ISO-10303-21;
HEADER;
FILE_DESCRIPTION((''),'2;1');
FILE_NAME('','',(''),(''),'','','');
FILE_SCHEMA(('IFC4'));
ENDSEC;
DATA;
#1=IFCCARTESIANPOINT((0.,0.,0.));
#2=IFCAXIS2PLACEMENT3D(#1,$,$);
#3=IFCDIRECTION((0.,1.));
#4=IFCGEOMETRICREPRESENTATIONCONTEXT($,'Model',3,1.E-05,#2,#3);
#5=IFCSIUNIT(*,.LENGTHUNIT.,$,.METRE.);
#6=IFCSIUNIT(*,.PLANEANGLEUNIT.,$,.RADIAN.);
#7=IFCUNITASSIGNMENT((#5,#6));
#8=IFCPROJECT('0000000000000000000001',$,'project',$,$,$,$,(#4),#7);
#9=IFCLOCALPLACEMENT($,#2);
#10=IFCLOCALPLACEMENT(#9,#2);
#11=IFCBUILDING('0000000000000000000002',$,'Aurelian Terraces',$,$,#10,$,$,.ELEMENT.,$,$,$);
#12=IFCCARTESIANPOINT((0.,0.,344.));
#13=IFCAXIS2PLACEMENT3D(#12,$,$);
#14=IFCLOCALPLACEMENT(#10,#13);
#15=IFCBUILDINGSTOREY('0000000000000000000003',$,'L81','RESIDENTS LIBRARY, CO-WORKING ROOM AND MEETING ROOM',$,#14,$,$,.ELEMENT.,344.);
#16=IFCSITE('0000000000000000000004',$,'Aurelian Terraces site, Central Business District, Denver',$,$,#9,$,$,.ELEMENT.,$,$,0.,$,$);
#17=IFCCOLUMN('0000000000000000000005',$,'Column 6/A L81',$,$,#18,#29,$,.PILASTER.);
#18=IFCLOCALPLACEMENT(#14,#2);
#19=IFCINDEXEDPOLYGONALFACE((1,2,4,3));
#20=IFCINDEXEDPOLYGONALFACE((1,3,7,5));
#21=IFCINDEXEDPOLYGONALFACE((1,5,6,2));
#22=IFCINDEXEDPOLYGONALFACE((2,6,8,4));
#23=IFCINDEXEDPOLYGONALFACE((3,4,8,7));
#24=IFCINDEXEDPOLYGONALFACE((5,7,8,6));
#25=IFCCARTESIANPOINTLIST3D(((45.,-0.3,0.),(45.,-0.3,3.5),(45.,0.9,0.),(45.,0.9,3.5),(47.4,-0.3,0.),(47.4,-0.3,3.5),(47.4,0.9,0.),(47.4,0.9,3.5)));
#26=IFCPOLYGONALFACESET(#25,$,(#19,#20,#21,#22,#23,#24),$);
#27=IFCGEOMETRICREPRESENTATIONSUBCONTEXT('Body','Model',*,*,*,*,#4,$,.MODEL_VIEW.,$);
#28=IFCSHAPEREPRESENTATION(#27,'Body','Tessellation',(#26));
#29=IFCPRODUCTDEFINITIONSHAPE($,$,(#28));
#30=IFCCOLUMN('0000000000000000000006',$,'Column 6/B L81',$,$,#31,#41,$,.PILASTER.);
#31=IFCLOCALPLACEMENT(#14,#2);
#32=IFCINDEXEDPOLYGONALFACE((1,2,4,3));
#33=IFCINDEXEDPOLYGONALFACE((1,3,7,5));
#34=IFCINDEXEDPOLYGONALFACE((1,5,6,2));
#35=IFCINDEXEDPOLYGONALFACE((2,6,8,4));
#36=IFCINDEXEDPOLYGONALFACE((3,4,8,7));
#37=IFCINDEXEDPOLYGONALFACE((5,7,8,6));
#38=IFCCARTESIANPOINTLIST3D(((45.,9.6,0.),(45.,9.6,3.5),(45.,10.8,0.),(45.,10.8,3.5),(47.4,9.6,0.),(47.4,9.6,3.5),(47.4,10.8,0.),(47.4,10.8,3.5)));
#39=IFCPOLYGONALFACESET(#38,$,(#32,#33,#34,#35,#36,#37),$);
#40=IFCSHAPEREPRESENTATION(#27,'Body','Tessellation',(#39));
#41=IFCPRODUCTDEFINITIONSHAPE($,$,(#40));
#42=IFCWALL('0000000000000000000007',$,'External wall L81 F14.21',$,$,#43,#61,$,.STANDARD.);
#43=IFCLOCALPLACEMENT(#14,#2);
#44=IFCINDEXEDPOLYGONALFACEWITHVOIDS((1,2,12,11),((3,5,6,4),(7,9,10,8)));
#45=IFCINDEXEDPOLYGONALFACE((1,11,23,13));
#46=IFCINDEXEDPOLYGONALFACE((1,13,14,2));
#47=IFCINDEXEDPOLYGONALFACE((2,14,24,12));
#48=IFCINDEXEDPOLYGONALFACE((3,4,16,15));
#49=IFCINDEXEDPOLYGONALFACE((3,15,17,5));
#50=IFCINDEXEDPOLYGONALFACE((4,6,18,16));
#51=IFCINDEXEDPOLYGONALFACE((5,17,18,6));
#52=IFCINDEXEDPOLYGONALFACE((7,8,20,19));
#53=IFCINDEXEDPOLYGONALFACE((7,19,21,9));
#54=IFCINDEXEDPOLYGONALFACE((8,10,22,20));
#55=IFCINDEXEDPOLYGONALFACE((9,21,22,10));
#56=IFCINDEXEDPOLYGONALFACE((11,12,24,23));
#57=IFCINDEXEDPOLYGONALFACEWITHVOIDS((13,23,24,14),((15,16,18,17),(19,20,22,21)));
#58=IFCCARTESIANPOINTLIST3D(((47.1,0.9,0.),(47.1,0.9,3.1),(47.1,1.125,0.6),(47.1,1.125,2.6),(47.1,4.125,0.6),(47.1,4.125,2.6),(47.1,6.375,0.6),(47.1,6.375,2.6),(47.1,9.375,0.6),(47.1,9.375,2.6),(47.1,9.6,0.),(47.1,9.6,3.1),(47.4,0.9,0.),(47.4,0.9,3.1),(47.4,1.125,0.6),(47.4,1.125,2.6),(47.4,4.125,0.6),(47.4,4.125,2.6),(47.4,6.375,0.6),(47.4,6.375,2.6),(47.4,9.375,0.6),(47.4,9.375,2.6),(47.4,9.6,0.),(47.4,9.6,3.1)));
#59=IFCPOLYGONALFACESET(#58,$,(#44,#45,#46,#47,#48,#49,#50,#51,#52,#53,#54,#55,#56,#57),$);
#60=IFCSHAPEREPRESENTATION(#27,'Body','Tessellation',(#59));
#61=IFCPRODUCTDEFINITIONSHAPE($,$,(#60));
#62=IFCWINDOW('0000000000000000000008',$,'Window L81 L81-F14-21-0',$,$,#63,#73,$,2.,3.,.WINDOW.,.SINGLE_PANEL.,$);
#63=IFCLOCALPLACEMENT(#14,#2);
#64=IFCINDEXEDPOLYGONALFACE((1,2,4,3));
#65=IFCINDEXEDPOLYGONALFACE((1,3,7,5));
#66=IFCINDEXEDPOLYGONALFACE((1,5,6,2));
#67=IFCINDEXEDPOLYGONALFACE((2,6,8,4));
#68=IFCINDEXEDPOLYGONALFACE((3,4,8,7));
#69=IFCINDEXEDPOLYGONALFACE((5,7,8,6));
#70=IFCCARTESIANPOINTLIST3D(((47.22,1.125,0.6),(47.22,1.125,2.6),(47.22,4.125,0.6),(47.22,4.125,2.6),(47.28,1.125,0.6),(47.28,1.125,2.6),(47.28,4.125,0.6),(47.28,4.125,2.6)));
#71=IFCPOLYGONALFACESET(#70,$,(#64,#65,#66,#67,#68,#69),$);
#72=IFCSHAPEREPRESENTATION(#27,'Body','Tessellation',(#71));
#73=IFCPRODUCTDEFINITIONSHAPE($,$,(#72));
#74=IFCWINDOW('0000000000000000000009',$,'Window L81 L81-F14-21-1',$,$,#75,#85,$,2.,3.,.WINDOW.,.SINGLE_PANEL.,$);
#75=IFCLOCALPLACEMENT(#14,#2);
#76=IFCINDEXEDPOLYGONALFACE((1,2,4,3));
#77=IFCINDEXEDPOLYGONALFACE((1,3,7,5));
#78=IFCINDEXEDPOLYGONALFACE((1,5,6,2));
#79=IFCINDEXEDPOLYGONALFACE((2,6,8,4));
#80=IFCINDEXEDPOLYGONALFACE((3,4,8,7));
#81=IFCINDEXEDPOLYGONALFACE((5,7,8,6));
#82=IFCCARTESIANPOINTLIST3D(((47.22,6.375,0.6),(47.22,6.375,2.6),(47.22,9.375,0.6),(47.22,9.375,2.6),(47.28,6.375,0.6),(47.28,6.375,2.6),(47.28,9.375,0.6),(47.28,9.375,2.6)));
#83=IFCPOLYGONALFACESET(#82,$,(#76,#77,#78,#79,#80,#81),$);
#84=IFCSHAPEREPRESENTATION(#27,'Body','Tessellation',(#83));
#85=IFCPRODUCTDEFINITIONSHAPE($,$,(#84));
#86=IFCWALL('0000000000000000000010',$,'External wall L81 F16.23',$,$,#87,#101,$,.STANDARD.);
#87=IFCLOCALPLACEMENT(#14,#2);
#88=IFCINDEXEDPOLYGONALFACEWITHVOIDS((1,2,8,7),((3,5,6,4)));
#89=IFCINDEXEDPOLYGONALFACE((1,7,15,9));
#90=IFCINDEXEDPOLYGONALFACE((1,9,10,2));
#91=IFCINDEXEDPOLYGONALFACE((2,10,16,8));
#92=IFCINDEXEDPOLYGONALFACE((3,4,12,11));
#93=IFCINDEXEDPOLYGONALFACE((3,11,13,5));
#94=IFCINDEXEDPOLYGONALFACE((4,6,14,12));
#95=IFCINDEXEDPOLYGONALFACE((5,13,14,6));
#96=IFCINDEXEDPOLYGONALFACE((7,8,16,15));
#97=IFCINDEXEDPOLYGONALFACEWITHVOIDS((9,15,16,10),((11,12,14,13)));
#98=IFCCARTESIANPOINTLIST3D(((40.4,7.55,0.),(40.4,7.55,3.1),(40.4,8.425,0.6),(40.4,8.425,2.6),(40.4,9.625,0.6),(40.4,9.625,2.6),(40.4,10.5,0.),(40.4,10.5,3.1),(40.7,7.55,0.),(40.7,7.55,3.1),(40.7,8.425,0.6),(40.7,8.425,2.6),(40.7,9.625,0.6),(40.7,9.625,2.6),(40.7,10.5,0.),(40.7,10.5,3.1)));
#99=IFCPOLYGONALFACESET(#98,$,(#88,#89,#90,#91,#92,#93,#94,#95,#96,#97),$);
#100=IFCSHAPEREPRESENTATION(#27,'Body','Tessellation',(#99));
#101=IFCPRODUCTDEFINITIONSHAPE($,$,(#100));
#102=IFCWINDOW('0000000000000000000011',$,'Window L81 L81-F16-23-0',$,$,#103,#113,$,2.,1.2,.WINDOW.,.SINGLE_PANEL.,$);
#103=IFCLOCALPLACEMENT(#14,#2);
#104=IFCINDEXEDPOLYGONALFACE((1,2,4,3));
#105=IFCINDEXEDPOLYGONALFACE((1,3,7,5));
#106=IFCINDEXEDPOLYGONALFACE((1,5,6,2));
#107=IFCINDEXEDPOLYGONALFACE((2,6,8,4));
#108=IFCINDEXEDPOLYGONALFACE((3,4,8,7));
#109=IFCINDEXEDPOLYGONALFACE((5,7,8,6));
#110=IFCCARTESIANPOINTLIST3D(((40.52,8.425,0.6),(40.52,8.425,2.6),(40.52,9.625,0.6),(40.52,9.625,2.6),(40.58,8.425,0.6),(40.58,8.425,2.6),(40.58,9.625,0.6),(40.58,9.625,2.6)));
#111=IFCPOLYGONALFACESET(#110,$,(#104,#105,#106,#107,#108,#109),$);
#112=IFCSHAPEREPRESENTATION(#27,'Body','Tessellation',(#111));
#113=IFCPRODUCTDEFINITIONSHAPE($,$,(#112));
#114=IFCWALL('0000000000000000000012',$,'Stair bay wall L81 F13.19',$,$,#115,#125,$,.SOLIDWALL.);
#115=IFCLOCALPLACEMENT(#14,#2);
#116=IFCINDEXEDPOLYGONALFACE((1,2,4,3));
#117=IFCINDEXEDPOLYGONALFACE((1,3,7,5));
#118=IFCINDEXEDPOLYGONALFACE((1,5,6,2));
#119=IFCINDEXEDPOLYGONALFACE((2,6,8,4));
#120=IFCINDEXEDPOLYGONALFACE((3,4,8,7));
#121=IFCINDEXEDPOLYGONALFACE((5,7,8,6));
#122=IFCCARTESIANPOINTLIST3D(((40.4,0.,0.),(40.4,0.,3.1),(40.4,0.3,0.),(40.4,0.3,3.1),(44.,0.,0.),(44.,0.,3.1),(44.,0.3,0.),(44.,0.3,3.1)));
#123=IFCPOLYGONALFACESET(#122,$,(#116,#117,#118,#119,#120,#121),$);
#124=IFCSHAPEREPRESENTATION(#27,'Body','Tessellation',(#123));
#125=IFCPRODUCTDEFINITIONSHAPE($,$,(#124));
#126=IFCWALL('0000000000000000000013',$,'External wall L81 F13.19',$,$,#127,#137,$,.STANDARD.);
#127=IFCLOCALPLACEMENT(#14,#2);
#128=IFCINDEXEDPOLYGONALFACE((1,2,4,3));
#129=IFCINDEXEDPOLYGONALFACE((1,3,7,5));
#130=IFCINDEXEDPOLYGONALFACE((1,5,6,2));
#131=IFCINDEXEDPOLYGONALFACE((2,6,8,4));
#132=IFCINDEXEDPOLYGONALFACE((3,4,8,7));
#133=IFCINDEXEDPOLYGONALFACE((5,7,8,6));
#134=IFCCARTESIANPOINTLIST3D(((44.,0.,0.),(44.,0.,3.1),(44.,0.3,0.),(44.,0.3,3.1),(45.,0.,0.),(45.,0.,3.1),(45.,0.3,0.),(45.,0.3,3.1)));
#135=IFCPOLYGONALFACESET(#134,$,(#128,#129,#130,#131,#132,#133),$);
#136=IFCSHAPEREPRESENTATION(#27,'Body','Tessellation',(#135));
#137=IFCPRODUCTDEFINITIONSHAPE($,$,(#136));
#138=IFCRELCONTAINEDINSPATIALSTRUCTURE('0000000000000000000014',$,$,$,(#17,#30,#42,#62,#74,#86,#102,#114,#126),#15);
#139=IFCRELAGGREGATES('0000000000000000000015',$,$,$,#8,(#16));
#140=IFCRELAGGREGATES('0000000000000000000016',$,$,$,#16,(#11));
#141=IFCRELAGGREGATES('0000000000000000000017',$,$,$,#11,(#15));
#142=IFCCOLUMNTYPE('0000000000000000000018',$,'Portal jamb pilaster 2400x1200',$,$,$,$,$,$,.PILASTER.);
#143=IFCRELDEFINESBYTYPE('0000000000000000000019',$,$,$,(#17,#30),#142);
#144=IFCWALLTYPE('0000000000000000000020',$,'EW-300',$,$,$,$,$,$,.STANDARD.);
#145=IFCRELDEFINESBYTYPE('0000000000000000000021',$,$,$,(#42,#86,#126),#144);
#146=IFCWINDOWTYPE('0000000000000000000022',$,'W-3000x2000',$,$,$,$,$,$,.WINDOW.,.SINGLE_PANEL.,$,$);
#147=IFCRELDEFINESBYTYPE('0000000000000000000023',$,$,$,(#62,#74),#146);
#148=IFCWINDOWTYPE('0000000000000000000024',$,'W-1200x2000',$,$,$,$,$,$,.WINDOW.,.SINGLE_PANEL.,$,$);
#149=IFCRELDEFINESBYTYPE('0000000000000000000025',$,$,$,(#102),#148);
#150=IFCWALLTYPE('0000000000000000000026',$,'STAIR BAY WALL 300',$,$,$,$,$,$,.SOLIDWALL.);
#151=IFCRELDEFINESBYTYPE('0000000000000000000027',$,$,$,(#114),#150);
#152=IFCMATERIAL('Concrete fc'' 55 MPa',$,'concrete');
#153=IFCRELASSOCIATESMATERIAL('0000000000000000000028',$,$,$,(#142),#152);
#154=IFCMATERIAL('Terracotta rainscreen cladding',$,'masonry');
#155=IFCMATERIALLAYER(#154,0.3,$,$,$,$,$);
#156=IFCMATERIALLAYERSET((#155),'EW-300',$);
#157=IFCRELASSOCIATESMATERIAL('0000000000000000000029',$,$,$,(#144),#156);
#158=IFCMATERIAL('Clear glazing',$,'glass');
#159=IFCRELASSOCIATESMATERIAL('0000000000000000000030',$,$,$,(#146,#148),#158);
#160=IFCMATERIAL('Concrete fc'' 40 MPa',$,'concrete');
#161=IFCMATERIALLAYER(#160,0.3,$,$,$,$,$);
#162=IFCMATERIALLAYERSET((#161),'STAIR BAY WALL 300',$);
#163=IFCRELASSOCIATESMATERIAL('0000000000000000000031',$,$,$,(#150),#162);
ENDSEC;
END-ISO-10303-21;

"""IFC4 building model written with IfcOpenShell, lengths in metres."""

from ifc_helpers import new_model, si_unit, direction, frame, frame_2d, origin, origin_2d, place, context, subcontext, project, spatial, rectangle, extrude, source, transform, mapped, material, layer, layer_set, material_profile, profile_set, type_object, element, fill, save


model = new_model("IFC4")

# Units and contexts
model_context = context("Model", 3, precision=1e-05, world=origin(), true_north=direction((0.0, 1.0)))
body_context = subcontext(model_context, "Body", "Model", "MODEL_VIEW")
ifc_project = project(units=[si_unit("LENGTHUNIT", "METRE"), si_unit("PLANEANGLEUNIT", "RADIAN")], contexts=[model_context])

# Site, building, storey
site_placement = place(None, origin())
site = spatial("IfcSite", under=ifc_project, at=site_placement, Name="Aurelian Terraces site, Central Business District, Denver", CompositionType="ELEMENT", RefElevation=0.0)
building_placement = place(site_placement, origin())
building = spatial("IfcBuilding", under=site, at=building_placement, Name="Aurelian Terraces", CompositionType="ELEMENT")
storey_placement = place(building_placement, frame((0.0, 0.0, 344.0)))
storey = spatial("IfcBuildingStorey", under=building, at=storey_placement, Name="L81", Description="RESIDENTS LIBRARY, CO-WORKING ROOM AND MEETING ROOM", CompositionType="ELEMENT", Elevation=344.0)

# Columns
ifc_material_1 = material(Name="Concrete fc' 55 MPa", Category="concrete")
ifc_material_profile = material_profile(ifc_material_1, rectangle(XDim=2.4, YDim=1.2, at=origin_2d()))
ifc_profile_set = profile_set([ifc_material_profile], Name="Concrete fc' 55 MPa")
column_type = type_object("IfcColumnType", Name="Portal jamb pilaster 2400x1200", PredefinedType="PILASTER", material=ifc_profile_set)
shared_shape_1 = source(origin(), body_context, "Body", "SweptSolid", [
    extrude(rectangle(XDim=2.4, YDim=1.2, at=origin_2d()), origin(), (0.0, 0.0, 1.0), 3.5),
])
for number, where, z_axis, x_axis, name in (
    (1, (46.2, 0.3, 0.0), (0.0, 0.0, 1.0), (1.0, 0.0, 0.0), "Column 6/A L81"),
    (2, (46.2, 10.2, 0.0), (0.0, 0.0, 1.0), (1.0, 0.0, 0.0), "Column 6/B L81"),
):
    element("IfcColumn", number, at=place(storey_placement, frame(where, z_axis=z_axis, x_axis=x_axis)), inside=storey, type_object=column_type, Name=name, PredefinedType="PILASTER", context=body_context, shape_type="MappedRepresentation", body=[
        mapped(shared_shape_1, transform((0.0, 0.0, 0.0), scale=1.0)),
    ])

# Wall, openings, windows
ifc_material_2 = material(Name="Terracotta rainscreen cladding", Category="masonry")
ifc_layer_1 = layer(ifc_material_2, 0.3)
ifc_layer_set_1 = layer_set([ifc_layer_1], Name="EW-300")
wall_type_1 = type_object("IfcWallType", Name="EW-300", PredefinedType="STANDARD", material=ifc_layer_set_1)
shared_shape_2 = source(origin(), body_context, "Body", "SweptSolid", [
    extrude(rectangle(XDim=8.7, YDim=0.3, at=frame_2d((4.35, 0.0))), origin(), (0.0, 0.0, 1.0), 3.1),
])
wall_1_placement = place(storey_placement, frame((47.25, 0.9, 0.0), z_axis=(0.0, 0.0, 1.0), x_axis=(0.0, 1.0, 0.0)))
wall_1 = element("IfcWall", 3, at=wall_1_placement, inside=storey, type_object=wall_type_1, Name="External wall L81 F14.21", PredefinedType="STANDARD", context=body_context, shape_type="MappedRepresentation", body=[
    mapped(shared_shape_2, transform((0.0, 0.0, 0.0), scale=1.0)),
])
shared_shape_3 = source(origin(), body_context, "Body", "SweptSolid", [
    extrude(rectangle(XDim=3.0, YDim=2.0, at=frame_2d((1.5, 1.0))), frame((0.0, 0.16, 0.0), z_axis=(0.0, -1.0, 0.0), x_axis=(1.0, 0.0, 0.0)), (0.0, 0.0, 1.0), 0.32),
])
opening_1_placement = place(wall_1_placement, frame((0.225, 0.0, 0.6)))
opening_1 = element("IfcOpeningElement", 4, at=opening_1_placement, cuts=wall_1, PredefinedType="OPENING", context=body_context, shape_type="MappedRepresentation", body=[
    mapped(shared_shape_3, transform((0.0, 0.0, 0.0), scale=1.0)),
])
opening_2_placement = place(wall_1_placement, frame((5.475, 0.0, 0.6)))
opening_2 = element("IfcOpeningElement", 5, at=opening_2_placement, cuts=wall_1, PredefinedType="OPENING", context=body_context, shape_type="MappedRepresentation", body=[
    mapped(shared_shape_3, transform((0.0, 0.0, 0.0), scale=1.0)),
])
ifc_material_3 = material(Name="Clear glazing", Category="glass")
window_type_1 = type_object("IfcWindowType", Name="W-3000x2000", PartitioningType="SINGLE_PANEL", PredefinedType="WINDOW", material=ifc_material_3)
shared_shape_4 = source(origin(), body_context, "Body", "SweptSolid", [
    extrude(rectangle(XDim=3.0, YDim=2.0, at=frame_2d((1.5, 1.0))), frame((0.0, 0.03, 0.0), z_axis=(0.0, -1.0, 0.0), x_axis=(1.0, 0.0, 0.0)), (0.0, 0.0, 1.0), 0.06),
])
window_1_placement = place(opening_1_placement, origin())
window_1 = element("IfcWindow", 6, at=window_1_placement, inside=storey, type_object=window_type_1, Name="Window L81 L81-F14-21-0", OverallHeight=2.0, OverallWidth=3.0, PartitioningType="SINGLE_PANEL", PredefinedType="WINDOW", context=body_context, shape_type="MappedRepresentation", body=[
    mapped(shared_shape_4, transform((0.0, 0.0, 0.0), scale=1.0)),
])
fill(opening_1, window_1)
window_2_placement = place(opening_2_placement, origin())
window_2 = element("IfcWindow", 7, at=window_2_placement, inside=storey, type_object=window_type_1, Name="Window L81 L81-F14-21-1", OverallHeight=2.0, OverallWidth=3.0, PartitioningType="SINGLE_PANEL", PredefinedType="WINDOW", context=body_context, shape_type="MappedRepresentation", body=[
    mapped(shared_shape_4, transform((0.0, 0.0, 0.0), scale=1.0)),
])
fill(opening_2, window_2)

# Wall, opening, window
shared_shape_5 = source(origin(), body_context, "Body", "SweptSolid", [
    extrude(rectangle(XDim=2.95, YDim=0.3, at=frame_2d((1.475, 0.0))), origin(), (0.0, 0.0, 1.0), 3.1),
])
wall_2_placement = place(storey_placement, frame((40.55, 10.5, 0.0), z_axis=(0.0, 0.0, 1.0), x_axis=(0.0, -1.0, 0.0)))
wall_2 = element("IfcWall", 8, at=wall_2_placement, inside=storey, type_object=wall_type_1, Name="External wall L81 F16.23", PredefinedType="STANDARD", context=body_context, shape_type="MappedRepresentation", body=[
    mapped(shared_shape_5, transform((0.0, 0.0, 0.0), scale=1.0)),
])
shared_shape_6 = source(origin(), body_context, "Body", "SweptSolid", [
    extrude(rectangle(XDim=1.2, YDim=2.0, at=frame_2d((0.6, 1.0))), frame((0.0, 0.16, 0.0), z_axis=(0.0, -1.0, 0.0), x_axis=(1.0, 0.0, 0.0)), (0.0, 0.0, 1.0), 0.32),
])
opening_3_placement = place(wall_2_placement, frame((0.875, 0.0, 0.6)))
opening_3 = element("IfcOpeningElement", 9, at=opening_3_placement, cuts=wall_2, PredefinedType="OPENING", context=body_context, shape_type="MappedRepresentation", body=[
    mapped(shared_shape_6, transform((0.0, 0.0, 0.0), scale=1.0)),
])
window_type_2 = type_object("IfcWindowType", Name="W-1200x2000", PartitioningType="SINGLE_PANEL", PredefinedType="WINDOW", material=ifc_material_3)
shared_shape_7 = source(origin(), body_context, "Body", "SweptSolid", [
    extrude(rectangle(XDim=1.2, YDim=2.0, at=frame_2d((0.6, 1.0))), frame((0.0, 0.03, 0.0), z_axis=(0.0, -1.0, 0.0), x_axis=(1.0, 0.0, 0.0)), (0.0, 0.0, 1.0), 0.06),
])
window_3_placement = place(opening_3_placement, origin())
window_3 = element("IfcWindow", 10, at=window_3_placement, inside=storey, type_object=window_type_2, Name="Window L81 L81-F16-23-0", OverallHeight=2.0, OverallWidth=1.2, PartitioningType="SINGLE_PANEL", PredefinedType="WINDOW", context=body_context, shape_type="MappedRepresentation", body=[
    mapped(shared_shape_7, transform((0.0, 0.0, 0.0), scale=1.0)),
])
fill(opening_3, window_3)

# Walls
ifc_material_4 = material(Name="Concrete fc' 40 MPa", Category="concrete")
ifc_layer_2 = layer(ifc_material_4, 0.3)
ifc_layer_set_2 = layer_set([ifc_layer_2], Name="STAIR BAY WALL 300")
wall_type_2 = type_object("IfcWallType", Name="STAIR BAY WALL 300", PredefinedType="SOLIDWALL", material=ifc_layer_set_2)
shared_shape_8 = source(origin(), body_context, "Body", "SweptSolid", [
    extrude(rectangle(XDim=3.6, YDim=0.3, at=frame_2d((1.8, 0.0))), origin(), (0.0, 0.0, 1.0), 3.1),
])
wall_3_placement = place(storey_placement, frame((40.4, 0.15, 0.0), z_axis=(0.0, 0.0, 1.0), x_axis=(1.0, 0.0, 0.0)))
element("IfcWall", 11, at=wall_3_placement, inside=storey, type_object=wall_type_2, Name="Stair bay wall L81 F13.19", PredefinedType="SOLIDWALL", context=body_context, shape_type="MappedRepresentation", body=[
    mapped(shared_shape_8, transform((0.0, 0.0, 0.0), scale=1.0)),
])
shared_shape_9 = source(origin(), body_context, "Body", "SweptSolid", [
    extrude(rectangle(XDim=1.0, YDim=0.3, at=frame_2d((0.5, 0.0))), origin(), (0.0, 0.0, 1.0), 3.1),
])
wall_4_placement = place(storey_placement, frame((44.0, 0.15, 0.0), z_axis=(0.0, 0.0, 1.0), x_axis=(1.0, 0.0, 0.0)))
element("IfcWall", 12, at=wall_4_placement, inside=storey, type_object=wall_type_1, Name="External wall L81 F13.19", PredefinedType="STANDARD", context=body_context, shape_type="MappedRepresentation", body=[
    mapped(shared_shape_9, transform((0.0, 0.0, 0.0), scale=1.0)),
])

save(model, "model.ifc")
